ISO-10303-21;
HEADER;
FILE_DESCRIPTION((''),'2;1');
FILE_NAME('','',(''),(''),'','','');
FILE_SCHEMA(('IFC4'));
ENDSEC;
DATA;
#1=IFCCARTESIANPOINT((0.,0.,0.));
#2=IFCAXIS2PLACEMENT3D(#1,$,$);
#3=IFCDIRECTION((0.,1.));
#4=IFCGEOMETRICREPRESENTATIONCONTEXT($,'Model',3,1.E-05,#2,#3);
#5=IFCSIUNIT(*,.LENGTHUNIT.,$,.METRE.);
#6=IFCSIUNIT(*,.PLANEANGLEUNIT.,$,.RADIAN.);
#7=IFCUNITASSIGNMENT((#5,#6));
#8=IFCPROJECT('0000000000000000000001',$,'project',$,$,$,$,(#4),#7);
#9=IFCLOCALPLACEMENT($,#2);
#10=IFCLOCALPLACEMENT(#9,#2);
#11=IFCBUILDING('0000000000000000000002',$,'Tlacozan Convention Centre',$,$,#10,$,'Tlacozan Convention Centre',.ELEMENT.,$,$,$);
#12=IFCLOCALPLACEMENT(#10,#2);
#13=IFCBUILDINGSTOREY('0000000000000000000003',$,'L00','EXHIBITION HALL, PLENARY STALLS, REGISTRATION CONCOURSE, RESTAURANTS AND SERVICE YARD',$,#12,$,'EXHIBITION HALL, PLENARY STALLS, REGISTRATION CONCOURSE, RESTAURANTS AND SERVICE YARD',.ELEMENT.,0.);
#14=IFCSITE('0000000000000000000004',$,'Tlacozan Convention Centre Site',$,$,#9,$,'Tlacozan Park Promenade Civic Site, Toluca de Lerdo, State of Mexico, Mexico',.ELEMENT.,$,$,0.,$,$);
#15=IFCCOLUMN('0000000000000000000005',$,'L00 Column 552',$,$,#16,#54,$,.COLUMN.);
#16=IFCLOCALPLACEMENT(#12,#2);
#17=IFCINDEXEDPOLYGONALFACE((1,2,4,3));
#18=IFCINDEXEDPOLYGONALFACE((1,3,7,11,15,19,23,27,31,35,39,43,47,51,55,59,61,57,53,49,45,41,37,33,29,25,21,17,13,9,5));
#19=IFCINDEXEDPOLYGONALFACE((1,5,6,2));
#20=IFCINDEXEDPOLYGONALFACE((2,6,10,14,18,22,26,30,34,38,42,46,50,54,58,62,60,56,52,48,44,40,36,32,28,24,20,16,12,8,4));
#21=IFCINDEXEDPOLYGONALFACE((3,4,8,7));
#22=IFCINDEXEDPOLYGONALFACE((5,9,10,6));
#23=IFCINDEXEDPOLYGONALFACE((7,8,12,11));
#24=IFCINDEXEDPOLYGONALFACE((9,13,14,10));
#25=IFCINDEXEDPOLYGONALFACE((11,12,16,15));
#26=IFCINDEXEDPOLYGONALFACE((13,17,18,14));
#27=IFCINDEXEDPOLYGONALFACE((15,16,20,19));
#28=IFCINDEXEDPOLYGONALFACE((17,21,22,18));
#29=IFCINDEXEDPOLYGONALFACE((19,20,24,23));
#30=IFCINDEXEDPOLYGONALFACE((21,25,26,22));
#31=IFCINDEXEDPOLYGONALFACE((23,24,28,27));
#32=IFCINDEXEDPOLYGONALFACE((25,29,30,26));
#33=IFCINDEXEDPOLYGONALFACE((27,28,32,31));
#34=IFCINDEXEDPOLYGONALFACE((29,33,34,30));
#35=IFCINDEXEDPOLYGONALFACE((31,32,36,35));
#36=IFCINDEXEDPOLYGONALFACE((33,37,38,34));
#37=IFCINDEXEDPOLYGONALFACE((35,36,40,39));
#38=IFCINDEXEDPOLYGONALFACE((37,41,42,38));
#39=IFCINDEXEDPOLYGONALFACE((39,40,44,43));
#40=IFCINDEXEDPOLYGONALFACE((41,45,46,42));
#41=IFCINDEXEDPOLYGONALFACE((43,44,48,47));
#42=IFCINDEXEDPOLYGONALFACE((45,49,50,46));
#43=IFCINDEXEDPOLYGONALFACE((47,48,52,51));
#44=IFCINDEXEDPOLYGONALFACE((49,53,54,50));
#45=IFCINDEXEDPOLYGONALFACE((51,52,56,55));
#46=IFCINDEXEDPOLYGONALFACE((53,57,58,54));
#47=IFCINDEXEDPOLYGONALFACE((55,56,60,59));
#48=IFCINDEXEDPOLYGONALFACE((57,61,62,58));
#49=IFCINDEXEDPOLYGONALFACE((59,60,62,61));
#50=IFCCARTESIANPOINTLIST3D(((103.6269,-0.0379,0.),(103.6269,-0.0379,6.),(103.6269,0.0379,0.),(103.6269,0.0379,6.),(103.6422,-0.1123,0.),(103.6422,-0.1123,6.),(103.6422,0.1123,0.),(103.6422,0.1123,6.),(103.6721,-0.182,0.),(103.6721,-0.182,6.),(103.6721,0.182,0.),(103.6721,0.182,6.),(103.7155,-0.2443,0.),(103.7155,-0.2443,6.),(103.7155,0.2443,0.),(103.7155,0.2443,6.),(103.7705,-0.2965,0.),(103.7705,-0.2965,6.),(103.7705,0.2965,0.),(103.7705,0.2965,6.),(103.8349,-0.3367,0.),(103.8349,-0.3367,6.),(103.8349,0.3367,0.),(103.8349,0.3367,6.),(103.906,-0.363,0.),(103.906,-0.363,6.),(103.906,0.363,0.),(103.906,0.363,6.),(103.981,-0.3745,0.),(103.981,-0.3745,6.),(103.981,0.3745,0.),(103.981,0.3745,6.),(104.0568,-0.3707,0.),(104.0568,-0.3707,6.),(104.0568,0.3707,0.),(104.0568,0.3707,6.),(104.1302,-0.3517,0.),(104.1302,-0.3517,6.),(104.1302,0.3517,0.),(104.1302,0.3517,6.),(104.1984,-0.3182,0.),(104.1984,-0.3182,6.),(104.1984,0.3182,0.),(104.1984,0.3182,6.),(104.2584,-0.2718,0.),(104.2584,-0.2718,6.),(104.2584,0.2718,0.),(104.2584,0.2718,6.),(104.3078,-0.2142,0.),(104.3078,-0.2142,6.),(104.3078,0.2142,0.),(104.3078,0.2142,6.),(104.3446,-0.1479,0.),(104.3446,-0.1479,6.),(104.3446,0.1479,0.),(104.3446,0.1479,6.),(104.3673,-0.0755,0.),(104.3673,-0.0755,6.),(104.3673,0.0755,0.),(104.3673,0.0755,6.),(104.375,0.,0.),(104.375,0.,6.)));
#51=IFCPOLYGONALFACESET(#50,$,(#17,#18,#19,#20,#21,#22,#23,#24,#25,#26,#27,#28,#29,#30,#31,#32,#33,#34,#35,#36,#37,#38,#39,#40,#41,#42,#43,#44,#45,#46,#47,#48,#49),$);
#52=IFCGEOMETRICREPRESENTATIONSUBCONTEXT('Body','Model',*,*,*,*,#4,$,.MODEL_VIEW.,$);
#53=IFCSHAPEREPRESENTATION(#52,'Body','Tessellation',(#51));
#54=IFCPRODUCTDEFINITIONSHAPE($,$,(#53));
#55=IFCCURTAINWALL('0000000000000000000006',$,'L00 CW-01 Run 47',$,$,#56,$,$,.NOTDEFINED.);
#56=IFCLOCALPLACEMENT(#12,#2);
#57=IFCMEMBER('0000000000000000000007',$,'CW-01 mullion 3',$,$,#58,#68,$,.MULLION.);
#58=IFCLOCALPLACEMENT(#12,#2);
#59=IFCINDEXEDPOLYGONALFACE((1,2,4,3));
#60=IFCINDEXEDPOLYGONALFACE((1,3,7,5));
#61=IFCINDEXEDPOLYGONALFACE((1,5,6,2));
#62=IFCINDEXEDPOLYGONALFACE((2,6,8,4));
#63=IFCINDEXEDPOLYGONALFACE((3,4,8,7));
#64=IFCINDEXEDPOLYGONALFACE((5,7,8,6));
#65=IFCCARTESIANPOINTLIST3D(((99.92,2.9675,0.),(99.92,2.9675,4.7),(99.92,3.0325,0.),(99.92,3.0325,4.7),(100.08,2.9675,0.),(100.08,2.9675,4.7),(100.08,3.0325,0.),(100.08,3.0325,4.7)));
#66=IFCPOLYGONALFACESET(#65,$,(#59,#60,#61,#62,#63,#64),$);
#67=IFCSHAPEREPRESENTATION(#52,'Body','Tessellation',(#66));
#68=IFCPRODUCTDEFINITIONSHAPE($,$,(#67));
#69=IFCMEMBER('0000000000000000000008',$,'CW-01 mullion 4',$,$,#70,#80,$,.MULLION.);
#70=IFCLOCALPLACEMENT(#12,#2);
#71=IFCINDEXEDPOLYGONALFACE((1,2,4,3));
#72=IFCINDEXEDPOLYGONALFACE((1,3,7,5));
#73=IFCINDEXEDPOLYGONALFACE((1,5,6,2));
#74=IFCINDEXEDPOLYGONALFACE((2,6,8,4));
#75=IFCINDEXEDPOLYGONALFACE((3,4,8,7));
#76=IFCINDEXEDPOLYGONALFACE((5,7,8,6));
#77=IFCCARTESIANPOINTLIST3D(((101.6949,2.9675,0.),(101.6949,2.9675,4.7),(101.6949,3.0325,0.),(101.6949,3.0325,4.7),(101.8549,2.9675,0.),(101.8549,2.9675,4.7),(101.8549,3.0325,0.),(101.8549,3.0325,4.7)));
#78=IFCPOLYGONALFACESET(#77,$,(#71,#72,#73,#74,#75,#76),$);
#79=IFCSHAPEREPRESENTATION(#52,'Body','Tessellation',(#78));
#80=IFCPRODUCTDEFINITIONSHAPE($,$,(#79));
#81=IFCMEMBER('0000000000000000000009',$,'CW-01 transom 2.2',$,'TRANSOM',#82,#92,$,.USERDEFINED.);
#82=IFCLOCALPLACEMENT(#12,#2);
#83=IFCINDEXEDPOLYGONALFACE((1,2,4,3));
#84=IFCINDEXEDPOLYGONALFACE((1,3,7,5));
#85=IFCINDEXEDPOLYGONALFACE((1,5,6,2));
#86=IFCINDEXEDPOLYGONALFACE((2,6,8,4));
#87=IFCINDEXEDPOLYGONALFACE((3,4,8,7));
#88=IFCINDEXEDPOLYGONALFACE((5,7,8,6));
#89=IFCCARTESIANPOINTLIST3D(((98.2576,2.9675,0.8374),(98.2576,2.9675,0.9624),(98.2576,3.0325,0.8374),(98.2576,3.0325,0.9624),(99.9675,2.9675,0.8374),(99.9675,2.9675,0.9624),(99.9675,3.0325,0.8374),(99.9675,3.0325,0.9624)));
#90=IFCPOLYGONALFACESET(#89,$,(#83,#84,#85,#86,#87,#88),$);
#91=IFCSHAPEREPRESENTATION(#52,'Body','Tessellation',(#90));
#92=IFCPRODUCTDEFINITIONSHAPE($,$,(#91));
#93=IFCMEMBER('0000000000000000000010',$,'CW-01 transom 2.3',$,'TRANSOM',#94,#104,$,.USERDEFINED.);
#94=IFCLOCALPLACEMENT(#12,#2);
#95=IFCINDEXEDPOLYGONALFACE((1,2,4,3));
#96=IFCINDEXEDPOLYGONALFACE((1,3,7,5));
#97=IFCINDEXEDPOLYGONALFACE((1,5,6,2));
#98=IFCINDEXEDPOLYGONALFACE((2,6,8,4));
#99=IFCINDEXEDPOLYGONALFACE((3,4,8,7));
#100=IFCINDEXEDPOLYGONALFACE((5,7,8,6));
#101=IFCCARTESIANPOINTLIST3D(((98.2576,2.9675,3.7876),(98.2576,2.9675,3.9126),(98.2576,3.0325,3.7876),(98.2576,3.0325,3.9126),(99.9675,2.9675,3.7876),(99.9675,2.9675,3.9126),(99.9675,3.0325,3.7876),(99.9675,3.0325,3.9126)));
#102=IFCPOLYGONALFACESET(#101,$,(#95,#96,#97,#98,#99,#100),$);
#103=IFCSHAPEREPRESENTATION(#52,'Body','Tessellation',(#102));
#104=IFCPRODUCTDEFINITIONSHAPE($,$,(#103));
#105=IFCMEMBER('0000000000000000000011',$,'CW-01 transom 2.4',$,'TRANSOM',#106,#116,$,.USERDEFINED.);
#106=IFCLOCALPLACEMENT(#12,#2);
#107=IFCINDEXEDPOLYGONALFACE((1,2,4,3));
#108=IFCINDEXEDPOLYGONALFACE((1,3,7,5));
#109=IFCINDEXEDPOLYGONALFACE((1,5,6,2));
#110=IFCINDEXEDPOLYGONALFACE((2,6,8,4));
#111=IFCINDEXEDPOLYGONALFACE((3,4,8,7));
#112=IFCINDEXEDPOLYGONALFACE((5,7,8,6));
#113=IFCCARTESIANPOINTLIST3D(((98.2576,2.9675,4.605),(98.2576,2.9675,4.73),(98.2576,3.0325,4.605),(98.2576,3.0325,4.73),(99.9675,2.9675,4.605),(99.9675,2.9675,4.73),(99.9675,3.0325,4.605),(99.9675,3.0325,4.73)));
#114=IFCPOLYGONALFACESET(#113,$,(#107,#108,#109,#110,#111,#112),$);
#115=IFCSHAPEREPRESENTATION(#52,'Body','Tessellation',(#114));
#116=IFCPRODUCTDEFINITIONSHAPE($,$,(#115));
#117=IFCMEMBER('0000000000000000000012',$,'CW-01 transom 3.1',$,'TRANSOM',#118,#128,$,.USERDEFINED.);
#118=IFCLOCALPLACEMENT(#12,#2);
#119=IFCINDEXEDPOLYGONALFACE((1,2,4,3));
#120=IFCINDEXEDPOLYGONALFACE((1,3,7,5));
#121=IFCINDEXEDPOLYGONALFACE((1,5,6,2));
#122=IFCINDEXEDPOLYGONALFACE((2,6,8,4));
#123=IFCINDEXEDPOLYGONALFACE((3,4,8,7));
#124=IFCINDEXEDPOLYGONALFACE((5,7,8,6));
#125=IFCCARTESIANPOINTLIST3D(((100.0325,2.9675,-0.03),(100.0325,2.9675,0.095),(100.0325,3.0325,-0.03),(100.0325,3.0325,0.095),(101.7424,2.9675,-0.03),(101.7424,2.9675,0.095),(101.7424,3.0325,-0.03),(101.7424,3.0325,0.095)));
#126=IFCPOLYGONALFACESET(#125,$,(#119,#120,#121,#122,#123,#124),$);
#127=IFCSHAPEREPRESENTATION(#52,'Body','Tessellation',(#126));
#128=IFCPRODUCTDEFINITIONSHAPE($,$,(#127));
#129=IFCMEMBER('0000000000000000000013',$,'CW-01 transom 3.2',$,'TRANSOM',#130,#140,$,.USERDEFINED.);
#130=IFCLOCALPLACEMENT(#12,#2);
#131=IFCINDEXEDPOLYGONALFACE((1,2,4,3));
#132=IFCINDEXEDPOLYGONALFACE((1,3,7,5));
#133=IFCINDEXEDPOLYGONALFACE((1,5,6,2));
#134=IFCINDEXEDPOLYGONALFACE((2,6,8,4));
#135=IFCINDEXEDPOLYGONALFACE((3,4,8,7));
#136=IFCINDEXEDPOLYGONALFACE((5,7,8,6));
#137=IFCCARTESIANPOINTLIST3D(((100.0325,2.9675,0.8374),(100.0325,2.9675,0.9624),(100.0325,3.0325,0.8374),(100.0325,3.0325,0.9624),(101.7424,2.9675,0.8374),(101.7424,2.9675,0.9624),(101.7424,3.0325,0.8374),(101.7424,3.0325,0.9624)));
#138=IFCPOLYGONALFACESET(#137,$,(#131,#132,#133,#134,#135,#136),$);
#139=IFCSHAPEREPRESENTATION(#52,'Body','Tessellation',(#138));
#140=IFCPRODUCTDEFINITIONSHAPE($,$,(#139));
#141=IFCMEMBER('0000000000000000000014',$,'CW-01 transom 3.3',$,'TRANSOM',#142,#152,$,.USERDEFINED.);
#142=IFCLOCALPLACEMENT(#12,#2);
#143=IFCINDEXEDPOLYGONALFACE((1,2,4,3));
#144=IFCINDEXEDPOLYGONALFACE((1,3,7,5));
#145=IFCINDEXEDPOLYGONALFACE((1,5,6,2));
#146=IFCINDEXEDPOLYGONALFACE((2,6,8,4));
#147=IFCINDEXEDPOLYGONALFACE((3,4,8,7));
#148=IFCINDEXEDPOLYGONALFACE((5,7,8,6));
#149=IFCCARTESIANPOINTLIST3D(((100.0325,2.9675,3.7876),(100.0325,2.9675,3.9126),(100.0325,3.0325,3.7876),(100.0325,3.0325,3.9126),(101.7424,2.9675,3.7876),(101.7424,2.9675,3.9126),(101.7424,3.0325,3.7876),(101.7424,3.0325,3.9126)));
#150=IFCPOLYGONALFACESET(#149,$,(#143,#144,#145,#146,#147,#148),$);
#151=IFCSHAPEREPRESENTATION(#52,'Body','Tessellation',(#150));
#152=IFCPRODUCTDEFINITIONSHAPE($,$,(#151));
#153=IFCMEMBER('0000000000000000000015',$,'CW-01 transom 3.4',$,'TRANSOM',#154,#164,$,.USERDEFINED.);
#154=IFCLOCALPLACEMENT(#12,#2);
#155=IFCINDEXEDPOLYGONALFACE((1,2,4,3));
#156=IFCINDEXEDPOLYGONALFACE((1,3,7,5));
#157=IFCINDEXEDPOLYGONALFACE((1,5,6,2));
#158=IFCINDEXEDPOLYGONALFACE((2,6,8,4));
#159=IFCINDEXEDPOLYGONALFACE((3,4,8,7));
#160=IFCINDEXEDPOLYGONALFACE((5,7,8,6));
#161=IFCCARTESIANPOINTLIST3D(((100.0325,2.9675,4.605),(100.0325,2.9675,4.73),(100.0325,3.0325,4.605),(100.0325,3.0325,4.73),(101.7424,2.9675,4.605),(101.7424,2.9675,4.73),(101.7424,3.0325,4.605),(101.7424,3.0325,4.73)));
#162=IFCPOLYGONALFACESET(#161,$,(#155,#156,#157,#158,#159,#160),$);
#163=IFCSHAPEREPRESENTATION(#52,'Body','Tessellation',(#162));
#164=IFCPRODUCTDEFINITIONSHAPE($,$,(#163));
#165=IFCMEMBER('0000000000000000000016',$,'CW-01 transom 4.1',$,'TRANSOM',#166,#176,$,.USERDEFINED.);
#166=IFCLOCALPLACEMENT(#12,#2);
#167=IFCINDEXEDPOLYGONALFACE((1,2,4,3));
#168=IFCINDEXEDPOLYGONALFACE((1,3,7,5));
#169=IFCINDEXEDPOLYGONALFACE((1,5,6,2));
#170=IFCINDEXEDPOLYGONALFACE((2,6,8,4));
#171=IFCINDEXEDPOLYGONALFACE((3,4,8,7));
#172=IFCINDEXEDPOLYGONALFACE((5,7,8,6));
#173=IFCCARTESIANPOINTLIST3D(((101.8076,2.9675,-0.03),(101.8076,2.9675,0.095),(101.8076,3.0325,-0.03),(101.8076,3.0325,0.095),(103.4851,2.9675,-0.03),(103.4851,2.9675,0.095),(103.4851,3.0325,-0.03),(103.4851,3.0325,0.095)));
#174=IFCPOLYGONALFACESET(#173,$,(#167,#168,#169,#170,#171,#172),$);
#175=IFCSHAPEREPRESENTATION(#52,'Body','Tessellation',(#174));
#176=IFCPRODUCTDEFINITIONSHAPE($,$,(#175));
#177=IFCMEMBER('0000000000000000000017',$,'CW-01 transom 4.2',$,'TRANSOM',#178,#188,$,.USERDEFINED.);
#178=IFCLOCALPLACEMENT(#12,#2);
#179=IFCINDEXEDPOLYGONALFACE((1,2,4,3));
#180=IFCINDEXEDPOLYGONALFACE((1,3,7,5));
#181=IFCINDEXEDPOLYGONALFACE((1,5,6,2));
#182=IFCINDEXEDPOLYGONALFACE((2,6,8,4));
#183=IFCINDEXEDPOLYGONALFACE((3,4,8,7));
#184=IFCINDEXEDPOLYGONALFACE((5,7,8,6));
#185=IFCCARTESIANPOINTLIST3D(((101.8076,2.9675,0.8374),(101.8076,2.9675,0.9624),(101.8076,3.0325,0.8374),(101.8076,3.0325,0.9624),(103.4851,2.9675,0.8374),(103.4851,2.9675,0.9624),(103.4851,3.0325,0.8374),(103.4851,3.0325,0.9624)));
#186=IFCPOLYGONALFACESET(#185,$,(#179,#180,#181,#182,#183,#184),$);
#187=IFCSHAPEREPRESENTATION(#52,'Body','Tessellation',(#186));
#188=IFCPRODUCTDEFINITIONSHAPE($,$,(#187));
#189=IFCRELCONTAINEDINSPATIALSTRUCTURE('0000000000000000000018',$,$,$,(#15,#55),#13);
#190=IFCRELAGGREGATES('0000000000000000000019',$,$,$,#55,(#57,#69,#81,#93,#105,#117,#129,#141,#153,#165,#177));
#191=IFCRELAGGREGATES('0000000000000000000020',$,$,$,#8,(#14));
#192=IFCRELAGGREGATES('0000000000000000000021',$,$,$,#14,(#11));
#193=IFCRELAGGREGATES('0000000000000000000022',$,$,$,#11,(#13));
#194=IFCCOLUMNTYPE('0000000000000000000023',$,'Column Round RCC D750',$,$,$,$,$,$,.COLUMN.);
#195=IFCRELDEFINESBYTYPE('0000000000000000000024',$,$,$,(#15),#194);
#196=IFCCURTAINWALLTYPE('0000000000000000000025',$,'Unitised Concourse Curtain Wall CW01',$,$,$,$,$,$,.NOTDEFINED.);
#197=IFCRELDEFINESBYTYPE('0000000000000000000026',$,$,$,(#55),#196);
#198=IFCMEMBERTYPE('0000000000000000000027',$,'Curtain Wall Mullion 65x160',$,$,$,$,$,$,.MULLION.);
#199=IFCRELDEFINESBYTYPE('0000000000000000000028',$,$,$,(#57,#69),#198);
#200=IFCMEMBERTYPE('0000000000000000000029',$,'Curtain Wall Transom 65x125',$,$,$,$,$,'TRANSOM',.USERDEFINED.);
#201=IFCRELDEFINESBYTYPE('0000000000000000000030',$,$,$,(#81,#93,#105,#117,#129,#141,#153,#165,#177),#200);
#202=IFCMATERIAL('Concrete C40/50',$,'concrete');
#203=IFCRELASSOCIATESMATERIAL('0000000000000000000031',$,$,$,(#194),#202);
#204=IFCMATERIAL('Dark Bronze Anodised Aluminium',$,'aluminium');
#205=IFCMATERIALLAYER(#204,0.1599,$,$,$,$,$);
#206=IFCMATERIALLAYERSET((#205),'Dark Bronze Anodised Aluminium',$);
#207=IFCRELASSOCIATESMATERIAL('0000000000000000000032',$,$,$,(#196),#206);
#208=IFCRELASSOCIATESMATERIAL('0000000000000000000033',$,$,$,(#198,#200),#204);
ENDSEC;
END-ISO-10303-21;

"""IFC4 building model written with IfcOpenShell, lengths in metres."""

from ifc_helpers import new_model, si_unit, direction, frame, origin, origin_2d, place, context, subcontext, project, spatial, rectangle, circle, extrude, material, layer, layer_set, material_profile, profile_set, type_object, element, aggregate, save


model = new_model("IFC4")

# Units and contexts
model_context = context("Model", 3, precision=1e-05, world=origin(), true_north=direction((0.0, 1.0)))
body_context = subcontext(model_context, "Body", "Model", "MODEL_VIEW")
ifc_project = project(units=[si_unit("LENGTHUNIT", "METRE"), si_unit("PLANEANGLEUNIT", "RADIAN")], contexts=[model_context])

# Site, building, storey
site_placement = place(None, origin())
site = spatial("IfcSite", under=ifc_project, at=site_placement, Name="Tlacozan Convention Centre Site", LongName="Tlacozan Park Promenade Civic Site, Toluca de Lerdo, State of Mexico, Mexico", CompositionType="ELEMENT", RefElevation=0.0)
building_placement = place(site_placement, origin())
building = spatial("IfcBuilding", under=site, at=building_placement, Name="Tlacozan Convention Centre", LongName="Tlacozan Convention Centre", CompositionType="ELEMENT")
storey_placement = place(building_placement, origin())
storey = spatial("IfcBuildingStorey", under=building, at=storey_placement, Name="L00", Description="EXHIBITION HALL, PLENARY STALLS, REGISTRATION CONCOURSE, RESTAURANTS AND SERVICE YARD", LongName="EXHIBITION HALL, PLENARY STALLS, REGISTRATION CONCOURSE, RESTAURANTS AND SERVICE YARD", CompositionType="ELEMENT", Elevation=0.0)

# Column
ifc_material_1 = material(Name="Concrete C40/50", Category="concrete")
ifc_material_profile_1 = material_profile(ifc_material_1, circle(Radius=0.375, at=origin_2d()), Name="RCC D750")
ifc_profile_set_1 = profile_set([ifc_material_profile_1], Name="Concrete C40/50")
column_type = type_object("IfcColumnType", Name="Column Round RCC D750", PredefinedType="COLUMN", material=ifc_profile_set_1)
column_placement = place(storey_placement, frame((104.0, 0.0, 0.0), z_axis=(0.0, 0.0, 1.0), x_axis=(1.0, 0.0, 0.0)))
element("IfcColumn", 1, at=column_placement, inside=storey, type_object=column_type, Name="L00 Column 552", PredefinedType="COLUMN", context=body_context, shape_type="SweptSolid", body=[
    extrude(circle(Radius=0.375, at=origin_2d()), origin(), (0.0, 0.0, 1.0), 6.0),
])

# Curtain wall, members
ifc_material_2 = material(Name="Dark Bronze Anodised Aluminium", Category="aluminium")
ifc_layer_1 = layer(ifc_material_2, 0.1599)
ifc_layer_set_1 = layer_set([ifc_layer_1], Name="Dark Bronze Anodised Aluminium")
curtain_wall_type = type_object("IfcCurtainWallType", Name="Unitised Concourse Curtain Wall CW01", PredefinedType="NOTDEFINED", material=ifc_layer_set_1)
curtain_wall_placement = place(storey_placement, origin())
curtain_wall = element("IfcCurtainWall", 2, at=curtain_wall_placement, inside=storey, type_object=curtain_wall_type, Name="L00 CW-01 Run 47", PredefinedType="NOTDEFINED")
ifc_material_profile_2 = material_profile(ifc_material_2, rectangle(XDim=0.0649, YDim=0.1599, at=origin_2d()), Name="ALU 65x160")
ifc_profile_set_2 = profile_set([ifc_material_profile_2], Name="Dark Bronze Anodised Aluminium")
member_type_1 = type_object("IfcMemberType", Name="Curtain Wall Mullion 65x160", PredefinedType="MULLION", material=ifc_profile_set_2)
member_1_placement = place(storey_placement, frame((100.0, 3.0, 0.0), z_axis=(0.0, 0.0, 1.0), x_axis=(0.0, 1.0, 0.0)))
member_1 = element("IfcMember", 3, at=member_1_placement, type_object=member_type_1, Name="CW-01 mullion 3", PredefinedType="MULLION", context=body_context, shape_type="SweptSolid", body=[
    extrude(rectangle(XDim=0.0649, YDim=0.1599, at=origin_2d()), origin(), (0.0, 0.0, 1.0), 4.7),
])
member_2_placement = place(storey_placement, frame((101.7749, 3.0, 0.0), z_axis=(0.0, 0.0, 1.0), x_axis=(0.0, 1.0, 0.0)))
member_2 = element("IfcMember", 4, at=member_2_placement, type_object=member_type_1, Name="CW-01 mullion 4", PredefinedType="MULLION", context=body_context, shape_type="SweptSolid", body=[
    extrude(rectangle(XDim=0.0649, YDim=0.1599, at=origin_2d()), origin(), (0.0, 0.0, 1.0), 4.7),
])
ifc_material_profile_3 = material_profile(ifc_material_2, rectangle(XDim=0.0649, YDim=0.125, at=origin_2d()), Name="ALU 65x125")
ifc_profile_set_3 = profile_set([ifc_material_profile_3], Name="Dark Bronze Anodised Aluminium")
member_type_2 = type_object("IfcMemberType", Name="Curtain Wall Transom 65x125", ElementType="TRANSOM", PredefinedType="USERDEFINED", material=ifc_profile_set_3)
member_3_placement = place(storey_placement, frame((98.2576, 3.0, 0.8999), z_axis=(1.0, 0.0, 0.0), x_axis=(0.0, 1.0, 0.0)))
member_3 = element("IfcMember", 5, at=member_3_placement, type_object=member_type_2, Name="CW-01 transom 2.2", ObjectType="TRANSOM", PredefinedType="USERDEFINED", context=body_context, shape_type="SweptSolid", body=[
    extrude(rectangle(XDim=0.0649, YDim=0.125, at=origin_2d()), origin(), (0.0, 0.0, 1.0), 1.71),
])
member_4_placement = place(storey_placement, frame((98.2576, 3.0, 3.8501), z_axis=(1.0, 0.0, 0.0), x_axis=(0.0, 1.0, 0.0)))
member_4 = element("IfcMember", 6, at=member_4_placement, type_object=member_type_2, Name="CW-01 transom 2.3", ObjectType="TRANSOM", PredefinedType="USERDEFINED", context=body_context, shape_type="SweptSolid", body=[
    extrude(rectangle(XDim=0.0649, YDim=0.125, at=origin_2d()), origin(), (0.0, 0.0, 1.0), 1.71),
])
member_5_placement = place(storey_placement, frame((98.2576, 3.0, 4.6675), z_axis=(1.0, 0.0, 0.0), x_axis=(0.0, 1.0, 0.0)))
member_5 = element("IfcMember", 7, at=member_5_placement, type_object=member_type_2, Name="CW-01 transom 2.4", ObjectType="TRANSOM", PredefinedType="USERDEFINED", context=body_context, shape_type="SweptSolid", body=[
    extrude(rectangle(XDim=0.0649, YDim=0.125, at=origin_2d()), origin(), (0.0, 0.0, 1.0), 1.71),
])
member_6_placement = place(storey_placement, frame((100.0325, 3.0, 0.0325), z_axis=(1.0, 0.0, 0.0), x_axis=(0.0, 1.0, 0.0)))
member_6 = element("IfcMember", 8, at=member_6_placement, type_object=member_type_2, Name="CW-01 transom 3.1", ObjectType="TRANSOM", PredefinedType="USERDEFINED", context=body_context, shape_type="SweptSolid", body=[
    extrude(rectangle(XDim=0.0649, YDim=0.125, at=origin_2d()), origin(), (0.0, 0.0, 1.0), 1.71),
])
member_7_placement = place(storey_placement, frame((100.0325, 3.0, 0.8999), z_axis=(1.0, 0.0, 0.0), x_axis=(0.0, 1.0, 0.0)))
member_7 = element("IfcMember", 9, at=member_7_placement, type_object=member_type_2, Name="CW-01 transom 3.2", ObjectType="TRANSOM", PredefinedType="USERDEFINED", context=body_context, shape_type="SweptSolid", body=[
    extrude(rectangle(XDim=0.0649, YDim=0.125, at=origin_2d()), origin(), (0.0, 0.0, 1.0), 1.71),
])
member_8_placement = place(storey_placement, frame((100.0325, 3.0, 3.8501), z_axis=(1.0, 0.0, 0.0), x_axis=(0.0, 1.0, 0.0)))
member_8 = element("IfcMember", 10, at=member_8_placement, type_object=member_type_2, Name="CW-01 transom 3.3", ObjectType="TRANSOM", PredefinedType="USERDEFINED", context=body_context, shape_type="SweptSolid", body=[
    extrude(rectangle(XDim=0.0649, YDim=0.125, at=origin_2d()), origin(), (0.0, 0.0, 1.0), 1.71),
])
member_9_placement = place(storey_placement, frame((100.0325, 3.0, 4.6675), z_axis=(1.0, 0.0, 0.0), x_axis=(0.0, 1.0, 0.0)))
member_9 = element("IfcMember", 11, at=member_9_placement, type_object=member_type_2, Name="CW-01 transom 3.4", ObjectType="TRANSOM", PredefinedType="USERDEFINED", context=body_context, shape_type="SweptSolid", body=[
    extrude(rectangle(XDim=0.0649, YDim=0.125, at=origin_2d()), origin(), (0.0, 0.0, 1.0), 1.71),
])
member_10_placement = place(storey_placement, frame((101.8076, 3.0, 0.0325), z_axis=(1.0, 0.0, 0.0), x_axis=(0.0, 1.0, 0.0)))
member_10 = element("IfcMember", 12, at=member_10_placement, type_object=member_type_2, Name="CW-01 transom 4.1", ObjectType="TRANSOM", PredefinedType="USERDEFINED", context=body_context, shape_type="SweptSolid", body=[
    extrude(rectangle(XDim=0.0649, YDim=0.125, at=origin_2d()), origin(), (0.0, 0.0, 1.0), 1.6775),
])
member_11_placement = place(storey_placement, frame((101.8076, 3.0, 0.8999), z_axis=(1.0, 0.0, 0.0), x_axis=(0.0, 1.0, 0.0)))
member_11 = element("IfcMember", 13, at=member_11_placement, type_object=member_type_2, Name="CW-01 transom 4.2", ObjectType="TRANSOM", PredefinedType="USERDEFINED", context=body_context, shape_type="SweptSolid", body=[
    extrude(rectangle(XDim=0.0649, YDim=0.125, at=origin_2d()), origin(), (0.0, 0.0, 1.0), 1.6775),
])

aggregate(curtain_wall, [member_1, member_2, member_3, member_4, member_5, member_6, member_7, member_8, member_9, member_10, member_11])

save(model, "model.ifc")
